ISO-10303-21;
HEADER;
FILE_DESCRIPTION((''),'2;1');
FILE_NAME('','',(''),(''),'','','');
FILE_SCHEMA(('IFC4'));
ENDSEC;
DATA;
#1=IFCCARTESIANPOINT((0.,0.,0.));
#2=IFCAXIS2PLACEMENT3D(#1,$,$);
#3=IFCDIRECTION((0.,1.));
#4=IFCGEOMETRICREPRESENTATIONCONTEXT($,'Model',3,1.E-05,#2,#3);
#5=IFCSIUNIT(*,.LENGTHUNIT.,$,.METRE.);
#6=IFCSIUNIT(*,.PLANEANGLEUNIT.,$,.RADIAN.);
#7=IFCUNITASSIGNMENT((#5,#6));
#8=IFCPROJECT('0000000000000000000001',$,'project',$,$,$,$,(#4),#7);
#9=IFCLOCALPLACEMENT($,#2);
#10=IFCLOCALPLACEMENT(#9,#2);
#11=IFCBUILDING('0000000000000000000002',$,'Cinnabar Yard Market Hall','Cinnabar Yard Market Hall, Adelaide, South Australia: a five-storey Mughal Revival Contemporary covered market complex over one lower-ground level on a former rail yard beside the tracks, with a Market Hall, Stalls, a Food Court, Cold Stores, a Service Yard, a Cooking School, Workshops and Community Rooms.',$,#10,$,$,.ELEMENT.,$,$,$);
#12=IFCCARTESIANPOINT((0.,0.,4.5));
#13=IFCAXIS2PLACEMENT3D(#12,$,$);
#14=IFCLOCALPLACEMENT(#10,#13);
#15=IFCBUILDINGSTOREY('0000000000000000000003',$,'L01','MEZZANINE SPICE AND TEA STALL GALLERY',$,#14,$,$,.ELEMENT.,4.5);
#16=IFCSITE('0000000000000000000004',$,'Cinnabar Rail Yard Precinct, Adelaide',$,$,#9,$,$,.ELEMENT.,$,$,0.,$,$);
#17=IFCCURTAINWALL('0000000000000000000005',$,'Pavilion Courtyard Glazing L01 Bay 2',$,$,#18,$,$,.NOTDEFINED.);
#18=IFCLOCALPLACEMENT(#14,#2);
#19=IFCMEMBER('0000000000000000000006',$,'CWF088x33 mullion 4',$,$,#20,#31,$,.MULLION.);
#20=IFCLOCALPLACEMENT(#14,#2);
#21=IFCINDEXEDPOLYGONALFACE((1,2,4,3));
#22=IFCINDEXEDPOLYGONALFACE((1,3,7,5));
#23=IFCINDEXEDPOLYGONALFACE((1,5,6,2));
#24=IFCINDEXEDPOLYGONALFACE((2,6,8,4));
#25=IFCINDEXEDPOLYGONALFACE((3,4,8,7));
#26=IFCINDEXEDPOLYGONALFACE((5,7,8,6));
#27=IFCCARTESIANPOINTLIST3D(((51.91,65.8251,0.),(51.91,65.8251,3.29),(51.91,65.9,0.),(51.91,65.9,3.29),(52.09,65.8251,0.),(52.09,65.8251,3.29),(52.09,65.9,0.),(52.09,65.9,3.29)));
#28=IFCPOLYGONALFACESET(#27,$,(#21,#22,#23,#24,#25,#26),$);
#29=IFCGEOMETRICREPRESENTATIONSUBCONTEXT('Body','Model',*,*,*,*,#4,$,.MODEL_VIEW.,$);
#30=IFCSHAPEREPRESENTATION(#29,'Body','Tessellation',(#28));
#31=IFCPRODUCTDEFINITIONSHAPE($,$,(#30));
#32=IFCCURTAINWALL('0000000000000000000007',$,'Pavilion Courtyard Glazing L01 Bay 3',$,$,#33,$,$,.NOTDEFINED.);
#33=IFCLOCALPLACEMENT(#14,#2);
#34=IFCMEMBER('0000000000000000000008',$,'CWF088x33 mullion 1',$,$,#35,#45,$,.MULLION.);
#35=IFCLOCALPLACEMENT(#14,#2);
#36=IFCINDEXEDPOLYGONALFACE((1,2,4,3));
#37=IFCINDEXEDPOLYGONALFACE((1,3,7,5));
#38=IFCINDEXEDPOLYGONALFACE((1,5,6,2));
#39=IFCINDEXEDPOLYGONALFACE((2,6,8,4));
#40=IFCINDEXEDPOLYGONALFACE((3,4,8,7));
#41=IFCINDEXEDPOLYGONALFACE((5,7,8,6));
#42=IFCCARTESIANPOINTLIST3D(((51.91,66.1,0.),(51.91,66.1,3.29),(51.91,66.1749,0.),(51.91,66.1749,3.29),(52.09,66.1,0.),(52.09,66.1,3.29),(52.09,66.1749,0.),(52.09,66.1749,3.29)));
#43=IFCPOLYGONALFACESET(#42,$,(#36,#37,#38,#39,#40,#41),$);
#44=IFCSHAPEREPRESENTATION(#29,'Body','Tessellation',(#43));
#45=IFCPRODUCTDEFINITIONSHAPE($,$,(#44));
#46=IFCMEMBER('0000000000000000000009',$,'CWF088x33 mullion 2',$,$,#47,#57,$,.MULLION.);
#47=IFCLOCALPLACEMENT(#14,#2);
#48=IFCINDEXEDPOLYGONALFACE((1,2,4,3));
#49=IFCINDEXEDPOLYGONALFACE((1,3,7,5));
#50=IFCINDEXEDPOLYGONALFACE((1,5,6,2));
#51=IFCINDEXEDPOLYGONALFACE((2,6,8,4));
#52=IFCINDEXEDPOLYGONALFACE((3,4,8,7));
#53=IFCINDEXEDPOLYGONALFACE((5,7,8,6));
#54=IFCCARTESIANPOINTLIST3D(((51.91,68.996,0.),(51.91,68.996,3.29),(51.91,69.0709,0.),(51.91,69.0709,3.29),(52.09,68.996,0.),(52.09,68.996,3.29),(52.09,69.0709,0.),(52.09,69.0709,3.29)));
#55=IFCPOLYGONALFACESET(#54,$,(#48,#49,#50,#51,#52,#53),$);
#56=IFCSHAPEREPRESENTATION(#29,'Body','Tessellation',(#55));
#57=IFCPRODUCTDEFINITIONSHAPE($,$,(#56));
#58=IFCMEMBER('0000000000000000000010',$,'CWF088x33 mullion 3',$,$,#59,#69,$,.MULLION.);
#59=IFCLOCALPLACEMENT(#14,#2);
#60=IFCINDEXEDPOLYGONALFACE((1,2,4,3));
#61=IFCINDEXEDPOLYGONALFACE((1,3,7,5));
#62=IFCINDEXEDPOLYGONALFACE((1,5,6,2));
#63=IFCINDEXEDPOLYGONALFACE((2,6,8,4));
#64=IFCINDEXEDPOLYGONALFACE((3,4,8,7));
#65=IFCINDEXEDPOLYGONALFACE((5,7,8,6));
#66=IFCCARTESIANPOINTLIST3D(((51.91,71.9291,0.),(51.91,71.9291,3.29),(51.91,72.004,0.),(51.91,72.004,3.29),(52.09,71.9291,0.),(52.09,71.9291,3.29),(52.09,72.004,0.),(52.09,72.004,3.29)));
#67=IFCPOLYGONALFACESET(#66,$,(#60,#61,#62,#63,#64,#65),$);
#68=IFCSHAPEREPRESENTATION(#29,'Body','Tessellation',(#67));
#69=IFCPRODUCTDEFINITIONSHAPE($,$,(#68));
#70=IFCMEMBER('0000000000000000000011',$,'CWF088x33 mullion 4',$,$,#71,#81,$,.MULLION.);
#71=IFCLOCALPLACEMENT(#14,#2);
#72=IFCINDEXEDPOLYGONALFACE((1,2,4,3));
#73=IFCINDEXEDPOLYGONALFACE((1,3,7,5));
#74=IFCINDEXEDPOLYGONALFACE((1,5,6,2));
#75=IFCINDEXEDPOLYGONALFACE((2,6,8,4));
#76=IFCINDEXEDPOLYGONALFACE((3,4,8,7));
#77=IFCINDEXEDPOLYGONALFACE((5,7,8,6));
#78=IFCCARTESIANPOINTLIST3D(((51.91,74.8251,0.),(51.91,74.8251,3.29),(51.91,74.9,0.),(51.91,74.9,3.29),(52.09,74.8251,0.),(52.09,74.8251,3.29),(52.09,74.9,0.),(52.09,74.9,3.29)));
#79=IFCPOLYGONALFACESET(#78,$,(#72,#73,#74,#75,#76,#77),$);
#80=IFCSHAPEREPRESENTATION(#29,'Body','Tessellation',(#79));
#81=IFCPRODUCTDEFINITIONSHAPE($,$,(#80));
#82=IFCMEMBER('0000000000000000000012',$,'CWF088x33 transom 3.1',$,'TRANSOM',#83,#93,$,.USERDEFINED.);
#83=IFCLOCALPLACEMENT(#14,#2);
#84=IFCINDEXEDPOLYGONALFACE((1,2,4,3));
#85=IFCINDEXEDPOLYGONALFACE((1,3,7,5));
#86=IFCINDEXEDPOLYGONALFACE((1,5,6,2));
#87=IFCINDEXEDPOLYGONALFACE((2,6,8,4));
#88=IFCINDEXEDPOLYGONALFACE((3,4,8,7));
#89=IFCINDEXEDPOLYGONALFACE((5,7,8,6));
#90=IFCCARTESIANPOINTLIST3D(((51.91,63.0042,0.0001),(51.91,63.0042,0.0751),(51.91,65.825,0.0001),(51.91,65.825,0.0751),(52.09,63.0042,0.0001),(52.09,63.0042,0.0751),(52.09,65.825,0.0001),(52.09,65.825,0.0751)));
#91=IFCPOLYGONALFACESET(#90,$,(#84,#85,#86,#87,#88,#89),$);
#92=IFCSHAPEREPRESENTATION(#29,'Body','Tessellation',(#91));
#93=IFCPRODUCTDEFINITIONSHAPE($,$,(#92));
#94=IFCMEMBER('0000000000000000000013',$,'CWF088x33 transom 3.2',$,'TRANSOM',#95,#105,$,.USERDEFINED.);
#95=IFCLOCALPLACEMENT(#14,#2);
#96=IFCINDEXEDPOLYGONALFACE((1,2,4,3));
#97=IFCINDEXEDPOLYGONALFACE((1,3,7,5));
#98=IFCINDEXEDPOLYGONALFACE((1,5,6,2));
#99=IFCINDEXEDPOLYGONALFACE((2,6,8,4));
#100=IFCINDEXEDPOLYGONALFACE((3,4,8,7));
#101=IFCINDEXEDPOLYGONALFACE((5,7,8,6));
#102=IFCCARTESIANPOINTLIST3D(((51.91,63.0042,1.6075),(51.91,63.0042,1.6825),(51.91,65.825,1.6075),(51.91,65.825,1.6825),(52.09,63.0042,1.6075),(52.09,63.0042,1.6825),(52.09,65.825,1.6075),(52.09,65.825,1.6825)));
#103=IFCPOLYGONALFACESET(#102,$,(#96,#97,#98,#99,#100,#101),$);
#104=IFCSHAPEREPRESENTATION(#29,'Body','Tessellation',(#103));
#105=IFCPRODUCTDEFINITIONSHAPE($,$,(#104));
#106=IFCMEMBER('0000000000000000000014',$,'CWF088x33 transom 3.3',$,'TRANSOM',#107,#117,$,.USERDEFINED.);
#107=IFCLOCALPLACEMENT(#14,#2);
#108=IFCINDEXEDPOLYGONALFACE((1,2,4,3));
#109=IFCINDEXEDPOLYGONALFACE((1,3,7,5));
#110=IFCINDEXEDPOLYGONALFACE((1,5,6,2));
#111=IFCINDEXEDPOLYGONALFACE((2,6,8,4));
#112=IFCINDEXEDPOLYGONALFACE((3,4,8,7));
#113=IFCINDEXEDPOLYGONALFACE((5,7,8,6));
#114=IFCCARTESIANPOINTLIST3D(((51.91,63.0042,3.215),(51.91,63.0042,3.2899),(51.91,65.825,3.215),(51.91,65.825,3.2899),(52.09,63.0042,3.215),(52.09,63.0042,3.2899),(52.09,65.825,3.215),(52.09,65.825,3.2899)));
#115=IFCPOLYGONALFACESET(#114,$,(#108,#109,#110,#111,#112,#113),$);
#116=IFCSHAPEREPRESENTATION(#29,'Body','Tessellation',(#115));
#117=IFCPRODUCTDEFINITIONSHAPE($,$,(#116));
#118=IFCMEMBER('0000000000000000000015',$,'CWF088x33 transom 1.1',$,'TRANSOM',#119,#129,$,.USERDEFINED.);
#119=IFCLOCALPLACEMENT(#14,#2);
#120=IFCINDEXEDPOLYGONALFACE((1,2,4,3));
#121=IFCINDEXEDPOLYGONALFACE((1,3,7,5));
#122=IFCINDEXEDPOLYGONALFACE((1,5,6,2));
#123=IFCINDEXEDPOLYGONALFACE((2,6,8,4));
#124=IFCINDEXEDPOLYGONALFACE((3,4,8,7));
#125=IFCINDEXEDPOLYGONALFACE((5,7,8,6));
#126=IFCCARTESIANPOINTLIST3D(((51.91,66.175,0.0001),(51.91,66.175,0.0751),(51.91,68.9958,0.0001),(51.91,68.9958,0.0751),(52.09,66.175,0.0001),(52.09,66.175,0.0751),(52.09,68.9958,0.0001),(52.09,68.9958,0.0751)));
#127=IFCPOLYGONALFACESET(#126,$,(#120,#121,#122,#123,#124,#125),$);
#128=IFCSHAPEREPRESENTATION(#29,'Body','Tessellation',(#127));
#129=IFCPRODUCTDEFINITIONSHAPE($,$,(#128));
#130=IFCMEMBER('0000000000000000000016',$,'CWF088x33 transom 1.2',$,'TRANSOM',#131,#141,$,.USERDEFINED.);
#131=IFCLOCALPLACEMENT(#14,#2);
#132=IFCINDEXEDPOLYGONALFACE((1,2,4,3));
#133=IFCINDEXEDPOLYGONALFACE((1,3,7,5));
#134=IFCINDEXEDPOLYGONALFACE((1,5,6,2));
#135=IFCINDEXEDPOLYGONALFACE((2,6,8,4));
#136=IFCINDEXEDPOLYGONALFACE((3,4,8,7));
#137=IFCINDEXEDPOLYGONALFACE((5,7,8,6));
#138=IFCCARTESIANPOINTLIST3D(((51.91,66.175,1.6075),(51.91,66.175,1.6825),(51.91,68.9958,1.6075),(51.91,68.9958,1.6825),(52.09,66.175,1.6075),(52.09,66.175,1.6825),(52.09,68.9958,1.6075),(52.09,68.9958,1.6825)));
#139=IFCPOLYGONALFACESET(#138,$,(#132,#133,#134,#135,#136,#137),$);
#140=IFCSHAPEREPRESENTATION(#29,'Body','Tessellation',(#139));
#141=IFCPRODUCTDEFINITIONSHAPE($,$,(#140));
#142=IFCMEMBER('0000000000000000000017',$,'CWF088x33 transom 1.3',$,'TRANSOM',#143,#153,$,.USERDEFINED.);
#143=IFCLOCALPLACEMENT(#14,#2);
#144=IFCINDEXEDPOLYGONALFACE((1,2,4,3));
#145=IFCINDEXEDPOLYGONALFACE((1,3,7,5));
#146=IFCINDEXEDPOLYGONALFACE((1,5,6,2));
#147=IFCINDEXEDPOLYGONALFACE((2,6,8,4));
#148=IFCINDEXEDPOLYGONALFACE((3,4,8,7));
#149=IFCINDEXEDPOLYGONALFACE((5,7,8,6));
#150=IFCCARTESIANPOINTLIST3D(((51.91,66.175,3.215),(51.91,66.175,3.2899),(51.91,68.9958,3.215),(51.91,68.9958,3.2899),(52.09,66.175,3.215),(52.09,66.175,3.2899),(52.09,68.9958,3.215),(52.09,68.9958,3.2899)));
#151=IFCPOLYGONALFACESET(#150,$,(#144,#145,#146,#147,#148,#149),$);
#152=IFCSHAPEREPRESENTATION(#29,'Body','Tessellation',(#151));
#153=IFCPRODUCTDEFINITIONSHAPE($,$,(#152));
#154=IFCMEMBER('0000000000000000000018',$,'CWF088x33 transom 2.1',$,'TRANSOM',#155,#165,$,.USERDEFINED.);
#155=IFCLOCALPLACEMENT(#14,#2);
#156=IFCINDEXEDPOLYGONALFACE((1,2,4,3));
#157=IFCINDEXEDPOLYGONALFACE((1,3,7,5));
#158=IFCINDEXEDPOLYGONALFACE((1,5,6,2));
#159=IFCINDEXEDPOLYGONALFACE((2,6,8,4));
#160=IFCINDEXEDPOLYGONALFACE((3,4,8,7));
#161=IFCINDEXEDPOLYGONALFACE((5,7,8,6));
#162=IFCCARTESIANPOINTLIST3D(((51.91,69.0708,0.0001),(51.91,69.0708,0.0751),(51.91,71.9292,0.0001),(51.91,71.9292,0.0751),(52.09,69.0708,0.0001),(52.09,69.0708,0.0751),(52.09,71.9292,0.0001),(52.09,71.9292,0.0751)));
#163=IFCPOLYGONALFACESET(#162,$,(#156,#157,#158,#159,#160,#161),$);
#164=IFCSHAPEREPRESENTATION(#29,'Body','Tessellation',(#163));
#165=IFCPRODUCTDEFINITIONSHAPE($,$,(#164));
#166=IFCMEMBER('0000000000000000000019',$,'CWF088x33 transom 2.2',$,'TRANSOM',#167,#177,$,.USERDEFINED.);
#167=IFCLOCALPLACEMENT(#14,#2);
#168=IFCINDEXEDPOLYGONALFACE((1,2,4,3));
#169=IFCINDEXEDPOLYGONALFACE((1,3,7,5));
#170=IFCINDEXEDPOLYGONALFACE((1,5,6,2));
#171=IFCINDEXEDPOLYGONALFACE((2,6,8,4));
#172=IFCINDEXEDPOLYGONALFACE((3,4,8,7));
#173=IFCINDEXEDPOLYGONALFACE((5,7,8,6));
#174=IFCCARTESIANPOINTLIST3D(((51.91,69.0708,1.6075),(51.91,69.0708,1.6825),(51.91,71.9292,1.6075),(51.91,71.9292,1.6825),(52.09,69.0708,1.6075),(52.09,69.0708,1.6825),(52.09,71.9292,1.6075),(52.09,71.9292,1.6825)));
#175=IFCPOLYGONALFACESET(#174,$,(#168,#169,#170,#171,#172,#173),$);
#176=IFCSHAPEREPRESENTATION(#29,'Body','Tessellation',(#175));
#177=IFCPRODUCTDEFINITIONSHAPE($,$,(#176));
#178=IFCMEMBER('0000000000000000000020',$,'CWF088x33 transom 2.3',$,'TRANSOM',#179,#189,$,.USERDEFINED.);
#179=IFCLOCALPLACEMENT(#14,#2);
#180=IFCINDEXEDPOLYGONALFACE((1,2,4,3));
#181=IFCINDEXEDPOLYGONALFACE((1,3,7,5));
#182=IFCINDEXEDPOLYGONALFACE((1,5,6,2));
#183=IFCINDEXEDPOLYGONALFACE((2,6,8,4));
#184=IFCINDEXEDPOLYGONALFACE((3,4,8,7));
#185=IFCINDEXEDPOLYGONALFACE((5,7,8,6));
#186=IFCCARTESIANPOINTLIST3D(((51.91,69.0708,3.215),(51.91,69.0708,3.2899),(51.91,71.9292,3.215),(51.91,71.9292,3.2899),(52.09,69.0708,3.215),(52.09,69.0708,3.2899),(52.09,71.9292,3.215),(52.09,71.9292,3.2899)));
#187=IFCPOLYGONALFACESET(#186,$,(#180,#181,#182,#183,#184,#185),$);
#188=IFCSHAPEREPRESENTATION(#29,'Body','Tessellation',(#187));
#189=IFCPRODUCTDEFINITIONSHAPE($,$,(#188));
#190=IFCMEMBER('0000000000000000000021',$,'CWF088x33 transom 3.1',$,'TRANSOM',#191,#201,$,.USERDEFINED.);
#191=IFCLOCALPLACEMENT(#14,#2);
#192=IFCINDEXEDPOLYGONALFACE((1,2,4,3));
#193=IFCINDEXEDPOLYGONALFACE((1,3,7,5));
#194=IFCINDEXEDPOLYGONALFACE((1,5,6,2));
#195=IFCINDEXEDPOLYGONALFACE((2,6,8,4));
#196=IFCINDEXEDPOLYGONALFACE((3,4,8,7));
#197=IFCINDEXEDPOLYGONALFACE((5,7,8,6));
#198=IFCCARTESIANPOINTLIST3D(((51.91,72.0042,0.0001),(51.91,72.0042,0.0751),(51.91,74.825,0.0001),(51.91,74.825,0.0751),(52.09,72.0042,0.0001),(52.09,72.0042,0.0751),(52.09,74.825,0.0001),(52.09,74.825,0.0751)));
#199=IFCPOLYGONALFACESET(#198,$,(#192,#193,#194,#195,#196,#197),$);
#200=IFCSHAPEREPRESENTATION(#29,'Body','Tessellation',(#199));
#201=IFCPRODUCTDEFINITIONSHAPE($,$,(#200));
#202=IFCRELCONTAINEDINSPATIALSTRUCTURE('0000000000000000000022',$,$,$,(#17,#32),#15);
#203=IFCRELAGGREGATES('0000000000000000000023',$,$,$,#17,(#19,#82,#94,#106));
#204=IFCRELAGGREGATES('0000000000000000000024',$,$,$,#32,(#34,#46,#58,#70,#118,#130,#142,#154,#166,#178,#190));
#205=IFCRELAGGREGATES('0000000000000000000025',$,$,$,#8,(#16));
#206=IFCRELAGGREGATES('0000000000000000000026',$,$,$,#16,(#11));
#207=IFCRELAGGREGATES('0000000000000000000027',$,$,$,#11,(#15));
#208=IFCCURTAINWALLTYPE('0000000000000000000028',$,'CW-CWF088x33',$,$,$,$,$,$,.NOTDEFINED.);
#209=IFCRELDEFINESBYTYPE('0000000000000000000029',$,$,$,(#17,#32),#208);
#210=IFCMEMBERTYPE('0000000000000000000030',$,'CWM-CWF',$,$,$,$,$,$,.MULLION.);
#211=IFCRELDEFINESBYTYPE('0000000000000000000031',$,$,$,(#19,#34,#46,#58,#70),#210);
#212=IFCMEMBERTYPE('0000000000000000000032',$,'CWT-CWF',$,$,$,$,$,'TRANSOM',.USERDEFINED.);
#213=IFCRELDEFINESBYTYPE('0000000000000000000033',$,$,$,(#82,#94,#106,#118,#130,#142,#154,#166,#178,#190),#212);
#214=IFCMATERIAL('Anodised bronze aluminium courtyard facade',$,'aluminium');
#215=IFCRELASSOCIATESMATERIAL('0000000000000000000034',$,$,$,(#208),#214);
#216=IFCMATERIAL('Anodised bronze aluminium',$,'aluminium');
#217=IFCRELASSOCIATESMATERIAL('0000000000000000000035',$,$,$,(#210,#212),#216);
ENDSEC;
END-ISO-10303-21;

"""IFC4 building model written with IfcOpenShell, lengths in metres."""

from ifc_helpers import new_model, si_unit, direction, frame, origin, origin_2d_with_axis, place, context, subcontext, project, spatial, rectangle, extrude, material, material_profile, profile_set, type_object, element, aggregate, save


model = new_model("IFC4")

# Units and contexts
model_context = context("Model", 3, precision=1e-05, world=origin(), true_north=direction((0.0, 1.0)))
body_context = subcontext(model_context, "Body", "Model", "MODEL_VIEW")
ifc_project = project(units=[si_unit("LENGTHUNIT", "METRE"), si_unit("PLANEANGLEUNIT", "RADIAN")], contexts=[model_context])

# Site, building, storey
site_placement = place(None, origin())
site = spatial("IfcSite", under=ifc_project, at=site_placement, Name="Cinnabar Rail Yard Precinct, Adelaide", CompositionType="ELEMENT", RefElevation=0.0)
building_placement = place(site_placement, origin())
building = spatial("IfcBuilding", under=site, at=building_placement, Name="Cinnabar Yard Market Hall", Description="Cinnabar Yard Market Hall, Adelaide, South Australia: a five-storey Mughal Revival Contemporary covered market complex over one lower-ground level on a former rail yard beside the tracks, with a Market Hall, Stalls, a Food Court, Cold Stores, a Service Yard, a Cooking School, Workshops and Community Rooms.", CompositionType="ELEMENT")
storey_placement = place(building_placement, frame((0.0, 0.0, 4.5)))
storey = spatial("IfcBuildingStorey", under=building, at=storey_placement, Name="L01", Description="MEZZANINE SPICE AND TEA STALL GALLERY", CompositionType="ELEMENT", Elevation=4.5)

# Curtain wall, member
ifc_material_1 = material(Name="Anodised bronze aluminium courtyard facade", Category="aluminium")
curtain_wall_type = type_object("IfcCurtainWallType", Name="CW-CWF088x33", PredefinedType="NOTDEFINED", material=ifc_material_1)
curtain_wall_1_placement = place(storey_placement, origin())
curtain_wall_1 = element("IfcCurtainWall", 1, at=curtain_wall_1_placement, inside=storey, type_object=curtain_wall_type, Name="Pavilion Courtyard Glazing L01 Bay 2", PredefinedType="NOTDEFINED")
ifc_material_2 = material(Name="Anodised bronze aluminium", Category="aluminium")
ifc_material_profile_1 = material_profile(ifc_material_2, rectangle(XDim=0.1799, YDim=0.075, at=origin_2d_with_axis()), Name="MUL-CWF")
ifc_profile_set_1 = profile_set([ifc_material_profile_1], Name="Anodised bronze aluminium")
member_type_1 = type_object("IfcMemberType", Name="CWM-CWF", PredefinedType="MULLION", material=ifc_profile_set_1)
member_1_placement = place(storey_placement, frame((52.0, 65.8625, 0.0), z_axis=(0.0, 0.0, 1.0), x_axis=(-1.0, 0.0, 0.0)))
member_1 = element("IfcMember", 2, at=member_1_placement, type_object=member_type_1, Name="CWF088x33 mullion 4", PredefinedType="MULLION", context=body_context, shape_type="SweptSolid", body=[
    extrude(rectangle(XDim=0.1799, YDim=0.075, at=origin_2d_with_axis()), origin(), (0.0, 0.0, 1.0), 3.29),
])

# Curtain wall, members
curtain_wall_2_placement = place(storey_placement, origin())
curtain_wall_2 = element("IfcCurtainWall", 3, at=curtain_wall_2_placement, inside=storey, type_object=curtain_wall_type, Name="Pavilion Courtyard Glazing L01 Bay 3", PredefinedType="NOTDEFINED")
member_2_placement = place(storey_placement, frame((52.0, 66.1375, 0.0), z_axis=(0.0, 0.0, 1.0), x_axis=(-1.0, 0.0, 0.0)))
member_2 = element("IfcMember", 4, at=member_2_placement, type_object=member_type_1, Name="CWF088x33 mullion 1", PredefinedType="MULLION", context=body_context, shape_type="SweptSolid", body=[
    extrude(rectangle(XDim=0.1799, YDim=0.075, at=origin_2d_with_axis()), origin(), (0.0, 0.0, 1.0), 3.29),
])
member_3_placement = place(storey_placement, frame((52.0, 69.0334, 0.0), z_axis=(0.0, 0.0, 1.0), x_axis=(-1.0, 0.0, 0.0)))
member_3 = element("IfcMember", 5, at=member_3_placement, type_object=member_type_1, Name="CWF088x33 mullion 2", PredefinedType="MULLION", context=body_context, shape_type="SweptSolid", body=[
    extrude(rectangle(XDim=0.1799, YDim=0.075, at=origin_2d_with_axis()), origin(), (0.0, 0.0, 1.0), 3.29),
])
member_4_placement = place(storey_placement, frame((52.0, 71.9666, 0.0), z_axis=(0.0, 0.0, 1.0), x_axis=(-1.0, 0.0, 0.0)))
member_4 = element("IfcMember", 6, at=member_4_placement, type_object=member_type_1, Name="CWF088x33 mullion 3", PredefinedType="MULLION", context=body_context, shape_type="SweptSolid", body=[
    extrude(rectangle(XDim=0.1799, YDim=0.075, at=origin_2d_with_axis()), origin(), (0.0, 0.0, 1.0), 3.29),
])
member_5_placement = place(storey_placement, frame((52.0, 74.8625, 0.0), z_axis=(0.0, 0.0, 1.0), x_axis=(-1.0, 0.0, 0.0)))
member_5 = element("IfcMember", 7, at=member_5_placement, type_object=member_type_1, Name="CWF088x33 mullion 4", PredefinedType="MULLION", context=body_context, shape_type="SweptSolid", body=[
    extrude(rectangle(XDim=0.1799, YDim=0.075, at=origin_2d_with_axis()), origin(), (0.0, 0.0, 1.0), 3.29),
])

# Members
ifc_material_profile_2 = material_profile(ifc_material_2, rectangle(XDim=0.1799, YDim=0.075, at=origin_2d_with_axis()), Name="TRN-CWF")
ifc_profile_set_2 = profile_set([ifc_material_profile_2], Name="Anodised bronze aluminium")
member_type_2 = type_object("IfcMemberType", Name="CWT-CWF", ElementType="TRANSOM", PredefinedType="USERDEFINED", material=ifc_profile_set_2)
member_6_placement = place(storey_placement, frame((52.0, 63.0042, 0.0376), z_axis=(0.0, 1.0, 0.0), x_axis=(-1.0, 0.0, 0.0)))
member_6 = element("IfcMember", 8, at=member_6_placement, type_object=member_type_2, Name="CWF088x33 transom 3.1", ObjectType="TRANSOM", PredefinedType="USERDEFINED", context=body_context, shape_type="SweptSolid", body=[
    extrude(rectangle(XDim=0.1799, YDim=0.075, at=origin_2d_with_axis()), origin(), (0.0, 0.0, 1.0), 2.8208),
])
member_7_placement = place(storey_placement, frame((52.0, 63.0042, 1.645), z_axis=(0.0, 1.0, 0.0), x_axis=(-1.0, 0.0, 0.0)))
member_7 = element("IfcMember", 9, at=member_7_placement, type_object=member_type_2, Name="CWF088x33 transom 3.2", ObjectType="TRANSOM", PredefinedType="USERDEFINED", context=body_context, shape_type="SweptSolid", body=[
    extrude(rectangle(XDim=0.1799, YDim=0.075, at=origin_2d_with_axis()), origin(), (0.0, 0.0, 1.0), 2.8208),
])
member_8_placement = place(storey_placement, frame((52.0, 63.0042, 3.2524), z_axis=(0.0, 1.0, 0.0), x_axis=(-1.0, 0.0, 0.0)))
member_8 = element("IfcMember", 10, at=member_8_placement, type_object=member_type_2, Name="CWF088x33 transom 3.3", ObjectType="TRANSOM", PredefinedType="USERDEFINED", context=body_context, shape_type="SweptSolid", body=[
    extrude(rectangle(XDim=0.1799, YDim=0.075, at=origin_2d_with_axis()), origin(), (0.0, 0.0, 1.0), 2.8208),
])
member_9_placement = place(storey_placement, frame((52.0, 66.175, 0.0376), z_axis=(0.0, 1.0, 0.0), x_axis=(-1.0, 0.0, 0.0)))
member_9 = element("IfcMember", 11, at=member_9_placement, type_object=member_type_2, Name="CWF088x33 transom 1.1", ObjectType="TRANSOM", PredefinedType="USERDEFINED", context=body_context, shape_type="SweptSolid", body=[
    extrude(rectangle(XDim=0.1799, YDim=0.075, at=origin_2d_with_axis()), origin(), (0.0, 0.0, 1.0), 2.8208),
])
member_10_placement = place(storey_placement, frame((52.0, 66.175, 1.645), z_axis=(0.0, 1.0, 0.0), x_axis=(-1.0, 0.0, 0.0)))
member_10 = element("IfcMember", 12, at=member_10_placement, type_object=member_type_2, Name="CWF088x33 transom 1.2", ObjectType="TRANSOM", PredefinedType="USERDEFINED", context=body_context, shape_type="SweptSolid", body=[
    extrude(rectangle(XDim=0.1799, YDim=0.075, at=origin_2d_with_axis()), origin(), (0.0, 0.0, 1.0), 2.8208),
])
member_11_placement = place(storey_placement, frame((52.0, 66.175, 3.2524), z_axis=(0.0, 1.0, 0.0), x_axis=(-1.0, 0.0, 0.0)))
member_11 = element("IfcMember", 13, at=member_11_placement, type_object=member_type_2, Name="CWF088x33 transom 1.3", ObjectType="TRANSOM", PredefinedType="USERDEFINED", context=body_context, shape_type="SweptSolid", body=[
    extrude(rectangle(XDim=0.1799, YDim=0.075, at=origin_2d_with_axis()), origin(), (0.0, 0.0, 1.0), 2.8208),
])
member_12_placement = place(storey_placement, frame((52.0, 69.0708, 0.0376), z_axis=(0.0, 1.0, 0.0), x_axis=(-1.0, 0.0, 0.0)))
member_12 = element("IfcMember", 14, at=member_12_placement, type_object=member_type_2, Name="CWF088x33 transom 2.1", ObjectType="TRANSOM", PredefinedType="USERDEFINED", context=body_context, shape_type="SweptSolid", body=[
    extrude(rectangle(XDim=0.1799, YDim=0.075, at=origin_2d_with_axis()), origin(), (0.0, 0.0, 1.0), 2.8584),
])
member_13_placement = place(storey_placement, frame((52.0, 69.0708, 1.645), z_axis=(0.0, 1.0, 0.0), x_axis=(-1.0, 0.0, 0.0)))
member_13 = element("IfcMember", 15, at=member_13_placement, type_object=member_type_2, Name="CWF088x33 transom 2.2", ObjectType="TRANSOM", PredefinedType="USERDEFINED", context=body_context, shape_type="SweptSolid", body=[
    extrude(rectangle(XDim=0.1799, YDim=0.075, at=origin_2d_with_axis()), origin(), (0.0, 0.0, 1.0), 2.8584),
])
member_14_placement = place(storey_placement, frame((52.0, 69.0708, 3.2524), z_axis=(0.0, 1.0, 0.0), x_axis=(-1.0, 0.0, 0.0)))
member_14 = element("IfcMember", 16, at=member_14_placement, type_object=member_type_2, Name="CWF088x33 transom 2.3", ObjectType="TRANSOM", PredefinedType="USERDEFINED", context=body_context, shape_type="SweptSolid", body=[
    extrude(rectangle(XDim=0.1799, YDim=0.075, at=origin_2d_with_axis()), origin(), (0.0, 0.0, 1.0), 2.8584),
])
member_15_placement = place(storey_placement, frame((52.0, 72.0042, 0.0376), z_axis=(0.0, 1.0, 0.0), x_axis=(-1.0, 0.0, 0.0)))
member_15 = element("IfcMember", 17, at=member_15_placement, type_object=member_type_2, Name="CWF088x33 transom 3.1", ObjectType="TRANSOM", PredefinedType="USERDEFINED", context=body_context, shape_type="SweptSolid", body=[
    extrude(rectangle(XDim=0.1799, YDim=0.075, at=origin_2d_with_axis()), origin(), (0.0, 0.0, 1.0), 2.8208),
])

aggregate(curtain_wall_1, [member_1, member_6, member_7, member_8])
aggregate(curtain_wall_2, [member_2, member_3, member_4, member_5, member_9, member_10, member_11, member_12, member_13, member_14, member_15])

save(model, "model.ifc")
